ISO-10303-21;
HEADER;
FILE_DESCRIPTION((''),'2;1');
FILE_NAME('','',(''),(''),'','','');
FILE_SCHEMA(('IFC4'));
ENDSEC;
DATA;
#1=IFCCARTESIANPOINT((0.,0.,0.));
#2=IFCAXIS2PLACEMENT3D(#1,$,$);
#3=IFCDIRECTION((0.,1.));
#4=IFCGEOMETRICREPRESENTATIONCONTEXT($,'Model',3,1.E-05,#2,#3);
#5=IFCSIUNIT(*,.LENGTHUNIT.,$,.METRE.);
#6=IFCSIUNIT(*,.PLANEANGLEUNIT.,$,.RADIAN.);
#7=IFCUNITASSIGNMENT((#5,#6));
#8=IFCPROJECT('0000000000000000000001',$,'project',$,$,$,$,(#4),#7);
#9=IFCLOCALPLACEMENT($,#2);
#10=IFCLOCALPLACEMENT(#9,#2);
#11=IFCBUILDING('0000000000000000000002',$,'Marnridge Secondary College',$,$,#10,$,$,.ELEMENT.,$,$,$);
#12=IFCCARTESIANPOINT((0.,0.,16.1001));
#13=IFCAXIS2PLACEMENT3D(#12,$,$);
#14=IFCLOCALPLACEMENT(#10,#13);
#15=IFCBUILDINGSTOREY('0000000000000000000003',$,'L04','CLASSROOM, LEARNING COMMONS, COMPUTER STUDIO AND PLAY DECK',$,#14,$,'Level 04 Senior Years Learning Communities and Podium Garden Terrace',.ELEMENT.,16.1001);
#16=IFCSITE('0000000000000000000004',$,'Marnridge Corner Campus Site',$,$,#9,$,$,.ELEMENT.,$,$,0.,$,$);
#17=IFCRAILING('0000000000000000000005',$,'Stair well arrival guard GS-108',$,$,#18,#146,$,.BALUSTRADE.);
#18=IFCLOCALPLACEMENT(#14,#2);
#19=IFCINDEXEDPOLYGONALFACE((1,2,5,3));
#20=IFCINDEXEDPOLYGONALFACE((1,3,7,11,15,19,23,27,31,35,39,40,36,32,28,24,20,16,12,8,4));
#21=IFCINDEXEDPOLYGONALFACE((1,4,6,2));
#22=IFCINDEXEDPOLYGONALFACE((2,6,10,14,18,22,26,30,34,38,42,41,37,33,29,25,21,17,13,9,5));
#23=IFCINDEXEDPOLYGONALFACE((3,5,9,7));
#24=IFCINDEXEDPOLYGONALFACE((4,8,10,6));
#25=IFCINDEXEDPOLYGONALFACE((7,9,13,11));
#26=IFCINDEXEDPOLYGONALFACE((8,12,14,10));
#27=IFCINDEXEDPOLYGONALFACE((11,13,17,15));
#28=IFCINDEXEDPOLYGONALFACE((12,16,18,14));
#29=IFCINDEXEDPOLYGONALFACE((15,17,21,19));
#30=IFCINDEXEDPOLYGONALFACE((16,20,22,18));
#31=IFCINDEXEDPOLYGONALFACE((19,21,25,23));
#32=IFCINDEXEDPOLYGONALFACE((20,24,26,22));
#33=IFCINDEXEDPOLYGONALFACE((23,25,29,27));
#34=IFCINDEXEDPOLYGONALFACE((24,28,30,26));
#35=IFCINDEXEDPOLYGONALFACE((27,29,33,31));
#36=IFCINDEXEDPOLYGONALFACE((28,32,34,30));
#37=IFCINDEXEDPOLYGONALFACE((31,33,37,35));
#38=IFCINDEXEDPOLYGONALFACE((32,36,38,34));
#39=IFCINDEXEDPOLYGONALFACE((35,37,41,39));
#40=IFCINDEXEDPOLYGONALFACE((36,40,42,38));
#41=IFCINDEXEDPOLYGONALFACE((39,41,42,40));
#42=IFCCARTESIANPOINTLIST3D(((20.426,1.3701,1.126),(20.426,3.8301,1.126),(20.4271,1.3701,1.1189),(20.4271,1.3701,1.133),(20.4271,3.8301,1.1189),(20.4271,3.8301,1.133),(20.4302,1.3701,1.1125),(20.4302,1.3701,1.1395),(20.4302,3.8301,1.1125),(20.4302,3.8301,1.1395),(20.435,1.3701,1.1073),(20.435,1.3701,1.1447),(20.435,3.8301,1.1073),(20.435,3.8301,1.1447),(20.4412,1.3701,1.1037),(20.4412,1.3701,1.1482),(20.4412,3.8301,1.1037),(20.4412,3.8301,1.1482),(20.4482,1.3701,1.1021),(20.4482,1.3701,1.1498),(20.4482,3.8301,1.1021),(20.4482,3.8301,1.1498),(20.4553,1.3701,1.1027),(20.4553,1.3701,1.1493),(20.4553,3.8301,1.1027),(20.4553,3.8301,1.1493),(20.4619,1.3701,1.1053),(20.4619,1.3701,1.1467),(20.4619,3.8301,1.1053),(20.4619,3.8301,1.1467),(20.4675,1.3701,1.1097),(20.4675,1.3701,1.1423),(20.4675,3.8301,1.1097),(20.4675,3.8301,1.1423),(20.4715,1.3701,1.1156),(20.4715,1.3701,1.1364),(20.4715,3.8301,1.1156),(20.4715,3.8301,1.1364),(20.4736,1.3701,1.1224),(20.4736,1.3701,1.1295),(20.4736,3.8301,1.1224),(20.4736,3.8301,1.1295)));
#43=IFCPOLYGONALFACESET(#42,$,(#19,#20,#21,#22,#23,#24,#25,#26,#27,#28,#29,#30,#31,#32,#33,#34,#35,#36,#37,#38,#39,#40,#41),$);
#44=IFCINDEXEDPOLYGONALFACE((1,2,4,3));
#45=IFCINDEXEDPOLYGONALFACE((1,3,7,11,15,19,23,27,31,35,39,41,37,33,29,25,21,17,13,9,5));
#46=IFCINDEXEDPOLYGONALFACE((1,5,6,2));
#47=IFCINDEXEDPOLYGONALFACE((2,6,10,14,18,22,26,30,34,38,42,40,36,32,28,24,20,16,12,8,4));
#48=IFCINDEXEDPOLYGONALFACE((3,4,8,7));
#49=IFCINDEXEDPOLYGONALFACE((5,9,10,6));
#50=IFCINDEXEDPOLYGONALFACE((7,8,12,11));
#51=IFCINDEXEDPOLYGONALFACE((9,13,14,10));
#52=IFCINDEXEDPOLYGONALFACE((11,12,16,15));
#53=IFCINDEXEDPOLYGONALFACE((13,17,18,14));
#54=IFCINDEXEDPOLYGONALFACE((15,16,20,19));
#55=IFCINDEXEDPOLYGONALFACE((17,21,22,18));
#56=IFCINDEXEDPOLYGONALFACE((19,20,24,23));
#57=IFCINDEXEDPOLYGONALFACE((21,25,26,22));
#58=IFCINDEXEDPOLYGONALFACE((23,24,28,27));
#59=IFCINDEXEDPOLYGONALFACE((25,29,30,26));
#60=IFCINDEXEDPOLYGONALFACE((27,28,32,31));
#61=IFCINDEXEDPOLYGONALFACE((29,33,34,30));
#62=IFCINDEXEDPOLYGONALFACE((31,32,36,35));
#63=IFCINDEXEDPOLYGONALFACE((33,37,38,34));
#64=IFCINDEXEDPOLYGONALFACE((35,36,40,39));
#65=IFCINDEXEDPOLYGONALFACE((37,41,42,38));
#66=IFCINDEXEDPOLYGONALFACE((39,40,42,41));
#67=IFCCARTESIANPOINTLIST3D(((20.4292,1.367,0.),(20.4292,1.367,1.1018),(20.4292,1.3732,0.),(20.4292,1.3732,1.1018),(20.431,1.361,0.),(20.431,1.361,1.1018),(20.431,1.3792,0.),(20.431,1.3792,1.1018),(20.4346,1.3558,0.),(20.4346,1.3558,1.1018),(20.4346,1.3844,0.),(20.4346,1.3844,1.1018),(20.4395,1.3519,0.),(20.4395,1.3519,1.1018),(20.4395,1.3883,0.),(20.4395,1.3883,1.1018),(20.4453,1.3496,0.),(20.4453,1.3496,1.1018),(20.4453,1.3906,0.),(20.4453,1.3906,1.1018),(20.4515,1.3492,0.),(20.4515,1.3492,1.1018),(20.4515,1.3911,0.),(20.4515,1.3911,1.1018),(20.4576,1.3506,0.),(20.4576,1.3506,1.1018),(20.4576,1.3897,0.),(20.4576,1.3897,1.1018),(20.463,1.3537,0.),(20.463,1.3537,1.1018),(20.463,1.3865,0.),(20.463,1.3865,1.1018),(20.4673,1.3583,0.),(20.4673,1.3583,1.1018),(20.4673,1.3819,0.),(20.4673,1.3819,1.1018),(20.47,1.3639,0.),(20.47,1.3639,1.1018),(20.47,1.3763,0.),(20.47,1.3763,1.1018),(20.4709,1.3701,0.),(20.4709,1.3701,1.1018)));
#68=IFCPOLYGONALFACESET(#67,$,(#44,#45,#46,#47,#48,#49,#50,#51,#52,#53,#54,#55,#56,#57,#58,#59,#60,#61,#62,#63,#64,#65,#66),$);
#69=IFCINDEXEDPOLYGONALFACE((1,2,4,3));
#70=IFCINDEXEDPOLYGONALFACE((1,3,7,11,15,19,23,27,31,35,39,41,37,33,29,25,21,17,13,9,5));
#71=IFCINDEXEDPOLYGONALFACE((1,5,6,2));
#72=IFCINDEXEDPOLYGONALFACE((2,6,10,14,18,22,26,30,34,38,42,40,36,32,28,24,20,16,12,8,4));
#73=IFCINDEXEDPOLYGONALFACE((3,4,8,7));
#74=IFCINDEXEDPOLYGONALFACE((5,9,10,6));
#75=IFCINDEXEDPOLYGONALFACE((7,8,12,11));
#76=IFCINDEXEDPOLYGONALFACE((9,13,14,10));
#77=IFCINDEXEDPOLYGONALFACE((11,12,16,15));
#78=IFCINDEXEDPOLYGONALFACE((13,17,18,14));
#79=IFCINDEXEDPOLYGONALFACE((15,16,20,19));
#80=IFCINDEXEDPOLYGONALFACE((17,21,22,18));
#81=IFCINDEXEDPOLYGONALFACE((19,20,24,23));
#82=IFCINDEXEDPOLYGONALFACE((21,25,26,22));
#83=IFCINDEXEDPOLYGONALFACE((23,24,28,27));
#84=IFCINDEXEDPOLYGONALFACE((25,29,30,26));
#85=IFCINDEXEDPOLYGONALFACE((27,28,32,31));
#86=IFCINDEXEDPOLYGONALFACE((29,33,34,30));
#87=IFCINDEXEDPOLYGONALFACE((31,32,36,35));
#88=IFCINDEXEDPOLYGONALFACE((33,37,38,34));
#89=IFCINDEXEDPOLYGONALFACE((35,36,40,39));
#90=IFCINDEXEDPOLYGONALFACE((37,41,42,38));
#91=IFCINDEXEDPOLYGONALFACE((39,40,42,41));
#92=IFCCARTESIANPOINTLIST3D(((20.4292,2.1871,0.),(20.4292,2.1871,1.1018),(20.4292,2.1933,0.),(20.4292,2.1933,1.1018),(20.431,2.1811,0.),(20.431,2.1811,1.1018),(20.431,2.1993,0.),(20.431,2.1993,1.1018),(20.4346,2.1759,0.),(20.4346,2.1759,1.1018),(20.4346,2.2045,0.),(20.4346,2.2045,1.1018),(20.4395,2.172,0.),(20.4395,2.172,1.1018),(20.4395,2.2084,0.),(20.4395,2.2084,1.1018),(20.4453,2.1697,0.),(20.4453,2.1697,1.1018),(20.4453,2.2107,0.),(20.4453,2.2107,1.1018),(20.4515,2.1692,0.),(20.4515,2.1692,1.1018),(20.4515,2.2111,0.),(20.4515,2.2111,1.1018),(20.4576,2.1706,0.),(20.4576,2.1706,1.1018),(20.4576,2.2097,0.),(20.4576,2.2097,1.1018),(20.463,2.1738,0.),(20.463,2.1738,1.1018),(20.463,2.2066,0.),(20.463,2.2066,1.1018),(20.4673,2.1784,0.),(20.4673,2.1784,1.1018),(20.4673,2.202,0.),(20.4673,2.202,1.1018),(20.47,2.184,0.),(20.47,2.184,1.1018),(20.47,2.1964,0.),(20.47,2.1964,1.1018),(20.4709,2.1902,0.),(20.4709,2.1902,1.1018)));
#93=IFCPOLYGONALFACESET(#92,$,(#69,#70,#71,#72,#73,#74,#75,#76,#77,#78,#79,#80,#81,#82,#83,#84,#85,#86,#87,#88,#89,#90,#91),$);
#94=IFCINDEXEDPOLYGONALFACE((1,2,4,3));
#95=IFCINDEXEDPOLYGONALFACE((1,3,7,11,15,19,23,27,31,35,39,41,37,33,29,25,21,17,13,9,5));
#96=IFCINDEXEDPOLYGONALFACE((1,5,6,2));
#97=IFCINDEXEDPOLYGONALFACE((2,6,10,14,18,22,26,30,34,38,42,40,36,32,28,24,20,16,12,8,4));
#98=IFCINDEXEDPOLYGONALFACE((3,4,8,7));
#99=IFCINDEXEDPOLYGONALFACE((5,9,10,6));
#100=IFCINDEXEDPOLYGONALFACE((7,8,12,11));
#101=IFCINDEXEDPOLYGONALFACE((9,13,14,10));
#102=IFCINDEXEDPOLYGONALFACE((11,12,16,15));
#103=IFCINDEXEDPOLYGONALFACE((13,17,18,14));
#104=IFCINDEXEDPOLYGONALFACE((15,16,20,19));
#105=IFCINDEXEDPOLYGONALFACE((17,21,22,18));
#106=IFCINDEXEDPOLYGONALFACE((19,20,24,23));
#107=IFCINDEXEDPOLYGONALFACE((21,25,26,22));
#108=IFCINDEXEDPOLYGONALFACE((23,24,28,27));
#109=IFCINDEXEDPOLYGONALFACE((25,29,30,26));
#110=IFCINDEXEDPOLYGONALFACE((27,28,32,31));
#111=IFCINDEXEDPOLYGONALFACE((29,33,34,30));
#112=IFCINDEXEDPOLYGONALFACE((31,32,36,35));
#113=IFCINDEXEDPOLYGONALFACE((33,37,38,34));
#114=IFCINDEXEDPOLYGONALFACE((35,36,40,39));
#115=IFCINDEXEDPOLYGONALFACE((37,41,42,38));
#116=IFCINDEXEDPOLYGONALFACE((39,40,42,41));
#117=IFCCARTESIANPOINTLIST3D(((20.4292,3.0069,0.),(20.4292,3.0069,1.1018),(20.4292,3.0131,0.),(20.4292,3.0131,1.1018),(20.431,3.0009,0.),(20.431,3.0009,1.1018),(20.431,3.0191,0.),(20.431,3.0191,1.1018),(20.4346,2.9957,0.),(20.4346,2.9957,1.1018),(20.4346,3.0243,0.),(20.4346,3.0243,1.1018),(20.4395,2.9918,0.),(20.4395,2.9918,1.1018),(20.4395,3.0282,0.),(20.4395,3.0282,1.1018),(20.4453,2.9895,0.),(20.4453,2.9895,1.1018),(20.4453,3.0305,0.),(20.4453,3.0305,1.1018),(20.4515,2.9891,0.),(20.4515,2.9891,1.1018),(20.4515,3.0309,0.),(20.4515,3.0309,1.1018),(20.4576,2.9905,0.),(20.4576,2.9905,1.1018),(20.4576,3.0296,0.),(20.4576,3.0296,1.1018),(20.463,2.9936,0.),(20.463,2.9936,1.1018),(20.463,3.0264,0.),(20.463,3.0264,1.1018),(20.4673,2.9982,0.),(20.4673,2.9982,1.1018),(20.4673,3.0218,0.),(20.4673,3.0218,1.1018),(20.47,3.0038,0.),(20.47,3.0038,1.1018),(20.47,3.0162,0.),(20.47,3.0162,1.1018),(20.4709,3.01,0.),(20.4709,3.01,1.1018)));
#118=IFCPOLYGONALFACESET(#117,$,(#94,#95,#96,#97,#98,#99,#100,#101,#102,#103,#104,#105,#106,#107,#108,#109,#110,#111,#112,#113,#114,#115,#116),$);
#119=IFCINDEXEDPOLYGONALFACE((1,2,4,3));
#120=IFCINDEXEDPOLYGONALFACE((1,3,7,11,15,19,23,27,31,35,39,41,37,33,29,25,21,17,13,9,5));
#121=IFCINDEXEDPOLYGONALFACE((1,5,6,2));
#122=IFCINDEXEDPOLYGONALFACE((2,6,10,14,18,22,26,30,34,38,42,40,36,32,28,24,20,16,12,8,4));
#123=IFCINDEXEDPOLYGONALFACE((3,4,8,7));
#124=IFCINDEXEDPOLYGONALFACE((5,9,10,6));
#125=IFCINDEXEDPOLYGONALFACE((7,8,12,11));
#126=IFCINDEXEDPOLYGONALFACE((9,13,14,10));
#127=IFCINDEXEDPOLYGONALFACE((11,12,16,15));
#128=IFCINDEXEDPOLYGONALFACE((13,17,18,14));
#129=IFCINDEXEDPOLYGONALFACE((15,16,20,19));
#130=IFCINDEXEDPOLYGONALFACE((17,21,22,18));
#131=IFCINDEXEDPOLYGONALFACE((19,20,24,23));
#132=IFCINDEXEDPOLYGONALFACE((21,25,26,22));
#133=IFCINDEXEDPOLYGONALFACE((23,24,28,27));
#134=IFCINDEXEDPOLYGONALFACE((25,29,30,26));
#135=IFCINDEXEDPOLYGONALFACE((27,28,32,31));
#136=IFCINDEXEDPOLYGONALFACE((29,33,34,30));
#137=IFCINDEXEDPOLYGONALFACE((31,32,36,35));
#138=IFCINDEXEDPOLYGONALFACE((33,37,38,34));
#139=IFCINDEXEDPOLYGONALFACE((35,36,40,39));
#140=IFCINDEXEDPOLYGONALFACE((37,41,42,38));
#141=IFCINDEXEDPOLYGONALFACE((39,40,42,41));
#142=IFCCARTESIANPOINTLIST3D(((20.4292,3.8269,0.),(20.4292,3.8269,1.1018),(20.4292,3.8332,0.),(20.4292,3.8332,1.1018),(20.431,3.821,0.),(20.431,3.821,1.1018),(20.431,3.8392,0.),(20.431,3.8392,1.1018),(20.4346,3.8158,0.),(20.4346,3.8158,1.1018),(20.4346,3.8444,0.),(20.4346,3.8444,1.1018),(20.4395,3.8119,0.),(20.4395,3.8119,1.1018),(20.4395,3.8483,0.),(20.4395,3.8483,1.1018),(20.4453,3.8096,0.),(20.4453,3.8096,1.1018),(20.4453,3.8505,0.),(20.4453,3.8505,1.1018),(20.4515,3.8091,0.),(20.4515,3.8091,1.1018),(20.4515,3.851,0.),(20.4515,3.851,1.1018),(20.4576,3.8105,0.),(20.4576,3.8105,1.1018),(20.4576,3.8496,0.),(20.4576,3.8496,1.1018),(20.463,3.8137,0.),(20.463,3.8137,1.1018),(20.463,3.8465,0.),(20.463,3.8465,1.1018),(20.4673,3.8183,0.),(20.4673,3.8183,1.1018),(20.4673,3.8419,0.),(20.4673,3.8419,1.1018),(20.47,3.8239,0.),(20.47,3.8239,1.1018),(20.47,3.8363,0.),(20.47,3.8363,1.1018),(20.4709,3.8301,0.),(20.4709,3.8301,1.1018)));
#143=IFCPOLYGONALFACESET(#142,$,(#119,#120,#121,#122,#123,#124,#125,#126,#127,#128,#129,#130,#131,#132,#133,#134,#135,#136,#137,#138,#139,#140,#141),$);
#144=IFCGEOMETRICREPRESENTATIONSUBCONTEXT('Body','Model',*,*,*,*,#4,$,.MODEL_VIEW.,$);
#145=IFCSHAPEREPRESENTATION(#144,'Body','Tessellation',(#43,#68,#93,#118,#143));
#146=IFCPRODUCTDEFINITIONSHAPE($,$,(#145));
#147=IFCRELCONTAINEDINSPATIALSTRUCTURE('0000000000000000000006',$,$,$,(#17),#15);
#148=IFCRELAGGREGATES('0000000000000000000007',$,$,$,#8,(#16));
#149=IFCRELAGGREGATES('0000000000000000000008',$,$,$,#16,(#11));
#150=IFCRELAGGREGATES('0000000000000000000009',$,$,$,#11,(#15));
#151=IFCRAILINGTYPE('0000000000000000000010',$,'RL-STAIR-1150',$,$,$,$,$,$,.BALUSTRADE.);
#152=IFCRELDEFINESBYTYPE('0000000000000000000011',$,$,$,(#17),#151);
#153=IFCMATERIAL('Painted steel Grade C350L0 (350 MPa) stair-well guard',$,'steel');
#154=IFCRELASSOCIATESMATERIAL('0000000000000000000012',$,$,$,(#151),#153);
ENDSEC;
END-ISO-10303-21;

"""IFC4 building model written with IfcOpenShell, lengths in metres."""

from ifc_helpers import new_model, si_unit, direction, frame, origin, origin_2d, place, context, subcontext, project, spatial, circle, extrude, material, type_object, element, save


model = new_model("IFC4")

# Units and contexts
model_context = context("Model", 3, precision=1e-05, world=origin(), true_north=direction((0.0, 1.0)))
body_context = subcontext(model_context, "Body", "Model", "MODEL_VIEW")
ifc_project = project(units=[si_unit("LENGTHUNIT", "METRE"), si_unit("PLANEANGLEUNIT", "RADIAN")], contexts=[model_context])

# Site, building, storey
site_placement = place(None, origin())
site = spatial("IfcSite", under=ifc_project, at=site_placement, Name="Marnridge Corner Campus Site", CompositionType="ELEMENT", RefElevation=0.0)
building_placement = place(site_placement, origin())
building = spatial("IfcBuilding", under=site, at=building_placement, Name="Marnridge Secondary College", CompositionType="ELEMENT")
storey_placement = place(building_placement, frame((0.0, 0.0, 16.1001)))
storey = spatial("IfcBuildingStorey", under=building, at=storey_placement, Name="L04", Description="CLASSROOM, LEARNING COMMONS, COMPUTER STUDIO AND PLAY DECK", LongName="Level 04 Senior Years Learning Communities and Podium Garden Terrace", CompositionType="ELEMENT", Elevation=16.1001)

# Railing
ifc_material_1 = material(Name="Painted steel Grade C350L0 (350 MPa) stair-well guard", Category="steel")
railing_type = type_object("IfcRailingType", Name="RL-STAIR-1150", PredefinedType="BALUSTRADE", material=ifc_material_1)
railing_placement = place(storey_placement, frame((20.45, 1.3701, 0.0)))
element("IfcRailing", 1, at=railing_placement, inside=storey, type_object=railing_type, Name="Stair well arrival guard GS-108", PredefinedType="BALUSTRADE", context=body_context, shape_type="SweptSolid", body=[
    extrude(circle(Radius=0.0239, at=origin_2d()), frame((0.0, 0.0, 1.126), z_axis=(0.0, 1.0, 0.0), x_axis=(-1.0, 0.0, 0.0)), (0.0, 0.0, 1.0), 2.46),
    extrude(circle(Radius=0.021, at=origin_2d()), origin(), (0.0, 0.0, 1.0), 1.1018),
    extrude(circle(Radius=0.021, at=origin_2d()), frame((0.0, 0.8201, 0.0)), (0.0, 0.0, 1.0), 1.1018),
    extrude(circle(Radius=0.021, at=origin_2d()), frame((0.0, 1.6399, 0.0)), (0.0, 0.0, 1.0), 1.1018),
    extrude(circle(Radius=0.021, at=origin_2d()), frame((0.0, 2.46, 0.0)), (0.0, 0.0, 1.0), 1.1018),
])

save(model, "model.ifc")
